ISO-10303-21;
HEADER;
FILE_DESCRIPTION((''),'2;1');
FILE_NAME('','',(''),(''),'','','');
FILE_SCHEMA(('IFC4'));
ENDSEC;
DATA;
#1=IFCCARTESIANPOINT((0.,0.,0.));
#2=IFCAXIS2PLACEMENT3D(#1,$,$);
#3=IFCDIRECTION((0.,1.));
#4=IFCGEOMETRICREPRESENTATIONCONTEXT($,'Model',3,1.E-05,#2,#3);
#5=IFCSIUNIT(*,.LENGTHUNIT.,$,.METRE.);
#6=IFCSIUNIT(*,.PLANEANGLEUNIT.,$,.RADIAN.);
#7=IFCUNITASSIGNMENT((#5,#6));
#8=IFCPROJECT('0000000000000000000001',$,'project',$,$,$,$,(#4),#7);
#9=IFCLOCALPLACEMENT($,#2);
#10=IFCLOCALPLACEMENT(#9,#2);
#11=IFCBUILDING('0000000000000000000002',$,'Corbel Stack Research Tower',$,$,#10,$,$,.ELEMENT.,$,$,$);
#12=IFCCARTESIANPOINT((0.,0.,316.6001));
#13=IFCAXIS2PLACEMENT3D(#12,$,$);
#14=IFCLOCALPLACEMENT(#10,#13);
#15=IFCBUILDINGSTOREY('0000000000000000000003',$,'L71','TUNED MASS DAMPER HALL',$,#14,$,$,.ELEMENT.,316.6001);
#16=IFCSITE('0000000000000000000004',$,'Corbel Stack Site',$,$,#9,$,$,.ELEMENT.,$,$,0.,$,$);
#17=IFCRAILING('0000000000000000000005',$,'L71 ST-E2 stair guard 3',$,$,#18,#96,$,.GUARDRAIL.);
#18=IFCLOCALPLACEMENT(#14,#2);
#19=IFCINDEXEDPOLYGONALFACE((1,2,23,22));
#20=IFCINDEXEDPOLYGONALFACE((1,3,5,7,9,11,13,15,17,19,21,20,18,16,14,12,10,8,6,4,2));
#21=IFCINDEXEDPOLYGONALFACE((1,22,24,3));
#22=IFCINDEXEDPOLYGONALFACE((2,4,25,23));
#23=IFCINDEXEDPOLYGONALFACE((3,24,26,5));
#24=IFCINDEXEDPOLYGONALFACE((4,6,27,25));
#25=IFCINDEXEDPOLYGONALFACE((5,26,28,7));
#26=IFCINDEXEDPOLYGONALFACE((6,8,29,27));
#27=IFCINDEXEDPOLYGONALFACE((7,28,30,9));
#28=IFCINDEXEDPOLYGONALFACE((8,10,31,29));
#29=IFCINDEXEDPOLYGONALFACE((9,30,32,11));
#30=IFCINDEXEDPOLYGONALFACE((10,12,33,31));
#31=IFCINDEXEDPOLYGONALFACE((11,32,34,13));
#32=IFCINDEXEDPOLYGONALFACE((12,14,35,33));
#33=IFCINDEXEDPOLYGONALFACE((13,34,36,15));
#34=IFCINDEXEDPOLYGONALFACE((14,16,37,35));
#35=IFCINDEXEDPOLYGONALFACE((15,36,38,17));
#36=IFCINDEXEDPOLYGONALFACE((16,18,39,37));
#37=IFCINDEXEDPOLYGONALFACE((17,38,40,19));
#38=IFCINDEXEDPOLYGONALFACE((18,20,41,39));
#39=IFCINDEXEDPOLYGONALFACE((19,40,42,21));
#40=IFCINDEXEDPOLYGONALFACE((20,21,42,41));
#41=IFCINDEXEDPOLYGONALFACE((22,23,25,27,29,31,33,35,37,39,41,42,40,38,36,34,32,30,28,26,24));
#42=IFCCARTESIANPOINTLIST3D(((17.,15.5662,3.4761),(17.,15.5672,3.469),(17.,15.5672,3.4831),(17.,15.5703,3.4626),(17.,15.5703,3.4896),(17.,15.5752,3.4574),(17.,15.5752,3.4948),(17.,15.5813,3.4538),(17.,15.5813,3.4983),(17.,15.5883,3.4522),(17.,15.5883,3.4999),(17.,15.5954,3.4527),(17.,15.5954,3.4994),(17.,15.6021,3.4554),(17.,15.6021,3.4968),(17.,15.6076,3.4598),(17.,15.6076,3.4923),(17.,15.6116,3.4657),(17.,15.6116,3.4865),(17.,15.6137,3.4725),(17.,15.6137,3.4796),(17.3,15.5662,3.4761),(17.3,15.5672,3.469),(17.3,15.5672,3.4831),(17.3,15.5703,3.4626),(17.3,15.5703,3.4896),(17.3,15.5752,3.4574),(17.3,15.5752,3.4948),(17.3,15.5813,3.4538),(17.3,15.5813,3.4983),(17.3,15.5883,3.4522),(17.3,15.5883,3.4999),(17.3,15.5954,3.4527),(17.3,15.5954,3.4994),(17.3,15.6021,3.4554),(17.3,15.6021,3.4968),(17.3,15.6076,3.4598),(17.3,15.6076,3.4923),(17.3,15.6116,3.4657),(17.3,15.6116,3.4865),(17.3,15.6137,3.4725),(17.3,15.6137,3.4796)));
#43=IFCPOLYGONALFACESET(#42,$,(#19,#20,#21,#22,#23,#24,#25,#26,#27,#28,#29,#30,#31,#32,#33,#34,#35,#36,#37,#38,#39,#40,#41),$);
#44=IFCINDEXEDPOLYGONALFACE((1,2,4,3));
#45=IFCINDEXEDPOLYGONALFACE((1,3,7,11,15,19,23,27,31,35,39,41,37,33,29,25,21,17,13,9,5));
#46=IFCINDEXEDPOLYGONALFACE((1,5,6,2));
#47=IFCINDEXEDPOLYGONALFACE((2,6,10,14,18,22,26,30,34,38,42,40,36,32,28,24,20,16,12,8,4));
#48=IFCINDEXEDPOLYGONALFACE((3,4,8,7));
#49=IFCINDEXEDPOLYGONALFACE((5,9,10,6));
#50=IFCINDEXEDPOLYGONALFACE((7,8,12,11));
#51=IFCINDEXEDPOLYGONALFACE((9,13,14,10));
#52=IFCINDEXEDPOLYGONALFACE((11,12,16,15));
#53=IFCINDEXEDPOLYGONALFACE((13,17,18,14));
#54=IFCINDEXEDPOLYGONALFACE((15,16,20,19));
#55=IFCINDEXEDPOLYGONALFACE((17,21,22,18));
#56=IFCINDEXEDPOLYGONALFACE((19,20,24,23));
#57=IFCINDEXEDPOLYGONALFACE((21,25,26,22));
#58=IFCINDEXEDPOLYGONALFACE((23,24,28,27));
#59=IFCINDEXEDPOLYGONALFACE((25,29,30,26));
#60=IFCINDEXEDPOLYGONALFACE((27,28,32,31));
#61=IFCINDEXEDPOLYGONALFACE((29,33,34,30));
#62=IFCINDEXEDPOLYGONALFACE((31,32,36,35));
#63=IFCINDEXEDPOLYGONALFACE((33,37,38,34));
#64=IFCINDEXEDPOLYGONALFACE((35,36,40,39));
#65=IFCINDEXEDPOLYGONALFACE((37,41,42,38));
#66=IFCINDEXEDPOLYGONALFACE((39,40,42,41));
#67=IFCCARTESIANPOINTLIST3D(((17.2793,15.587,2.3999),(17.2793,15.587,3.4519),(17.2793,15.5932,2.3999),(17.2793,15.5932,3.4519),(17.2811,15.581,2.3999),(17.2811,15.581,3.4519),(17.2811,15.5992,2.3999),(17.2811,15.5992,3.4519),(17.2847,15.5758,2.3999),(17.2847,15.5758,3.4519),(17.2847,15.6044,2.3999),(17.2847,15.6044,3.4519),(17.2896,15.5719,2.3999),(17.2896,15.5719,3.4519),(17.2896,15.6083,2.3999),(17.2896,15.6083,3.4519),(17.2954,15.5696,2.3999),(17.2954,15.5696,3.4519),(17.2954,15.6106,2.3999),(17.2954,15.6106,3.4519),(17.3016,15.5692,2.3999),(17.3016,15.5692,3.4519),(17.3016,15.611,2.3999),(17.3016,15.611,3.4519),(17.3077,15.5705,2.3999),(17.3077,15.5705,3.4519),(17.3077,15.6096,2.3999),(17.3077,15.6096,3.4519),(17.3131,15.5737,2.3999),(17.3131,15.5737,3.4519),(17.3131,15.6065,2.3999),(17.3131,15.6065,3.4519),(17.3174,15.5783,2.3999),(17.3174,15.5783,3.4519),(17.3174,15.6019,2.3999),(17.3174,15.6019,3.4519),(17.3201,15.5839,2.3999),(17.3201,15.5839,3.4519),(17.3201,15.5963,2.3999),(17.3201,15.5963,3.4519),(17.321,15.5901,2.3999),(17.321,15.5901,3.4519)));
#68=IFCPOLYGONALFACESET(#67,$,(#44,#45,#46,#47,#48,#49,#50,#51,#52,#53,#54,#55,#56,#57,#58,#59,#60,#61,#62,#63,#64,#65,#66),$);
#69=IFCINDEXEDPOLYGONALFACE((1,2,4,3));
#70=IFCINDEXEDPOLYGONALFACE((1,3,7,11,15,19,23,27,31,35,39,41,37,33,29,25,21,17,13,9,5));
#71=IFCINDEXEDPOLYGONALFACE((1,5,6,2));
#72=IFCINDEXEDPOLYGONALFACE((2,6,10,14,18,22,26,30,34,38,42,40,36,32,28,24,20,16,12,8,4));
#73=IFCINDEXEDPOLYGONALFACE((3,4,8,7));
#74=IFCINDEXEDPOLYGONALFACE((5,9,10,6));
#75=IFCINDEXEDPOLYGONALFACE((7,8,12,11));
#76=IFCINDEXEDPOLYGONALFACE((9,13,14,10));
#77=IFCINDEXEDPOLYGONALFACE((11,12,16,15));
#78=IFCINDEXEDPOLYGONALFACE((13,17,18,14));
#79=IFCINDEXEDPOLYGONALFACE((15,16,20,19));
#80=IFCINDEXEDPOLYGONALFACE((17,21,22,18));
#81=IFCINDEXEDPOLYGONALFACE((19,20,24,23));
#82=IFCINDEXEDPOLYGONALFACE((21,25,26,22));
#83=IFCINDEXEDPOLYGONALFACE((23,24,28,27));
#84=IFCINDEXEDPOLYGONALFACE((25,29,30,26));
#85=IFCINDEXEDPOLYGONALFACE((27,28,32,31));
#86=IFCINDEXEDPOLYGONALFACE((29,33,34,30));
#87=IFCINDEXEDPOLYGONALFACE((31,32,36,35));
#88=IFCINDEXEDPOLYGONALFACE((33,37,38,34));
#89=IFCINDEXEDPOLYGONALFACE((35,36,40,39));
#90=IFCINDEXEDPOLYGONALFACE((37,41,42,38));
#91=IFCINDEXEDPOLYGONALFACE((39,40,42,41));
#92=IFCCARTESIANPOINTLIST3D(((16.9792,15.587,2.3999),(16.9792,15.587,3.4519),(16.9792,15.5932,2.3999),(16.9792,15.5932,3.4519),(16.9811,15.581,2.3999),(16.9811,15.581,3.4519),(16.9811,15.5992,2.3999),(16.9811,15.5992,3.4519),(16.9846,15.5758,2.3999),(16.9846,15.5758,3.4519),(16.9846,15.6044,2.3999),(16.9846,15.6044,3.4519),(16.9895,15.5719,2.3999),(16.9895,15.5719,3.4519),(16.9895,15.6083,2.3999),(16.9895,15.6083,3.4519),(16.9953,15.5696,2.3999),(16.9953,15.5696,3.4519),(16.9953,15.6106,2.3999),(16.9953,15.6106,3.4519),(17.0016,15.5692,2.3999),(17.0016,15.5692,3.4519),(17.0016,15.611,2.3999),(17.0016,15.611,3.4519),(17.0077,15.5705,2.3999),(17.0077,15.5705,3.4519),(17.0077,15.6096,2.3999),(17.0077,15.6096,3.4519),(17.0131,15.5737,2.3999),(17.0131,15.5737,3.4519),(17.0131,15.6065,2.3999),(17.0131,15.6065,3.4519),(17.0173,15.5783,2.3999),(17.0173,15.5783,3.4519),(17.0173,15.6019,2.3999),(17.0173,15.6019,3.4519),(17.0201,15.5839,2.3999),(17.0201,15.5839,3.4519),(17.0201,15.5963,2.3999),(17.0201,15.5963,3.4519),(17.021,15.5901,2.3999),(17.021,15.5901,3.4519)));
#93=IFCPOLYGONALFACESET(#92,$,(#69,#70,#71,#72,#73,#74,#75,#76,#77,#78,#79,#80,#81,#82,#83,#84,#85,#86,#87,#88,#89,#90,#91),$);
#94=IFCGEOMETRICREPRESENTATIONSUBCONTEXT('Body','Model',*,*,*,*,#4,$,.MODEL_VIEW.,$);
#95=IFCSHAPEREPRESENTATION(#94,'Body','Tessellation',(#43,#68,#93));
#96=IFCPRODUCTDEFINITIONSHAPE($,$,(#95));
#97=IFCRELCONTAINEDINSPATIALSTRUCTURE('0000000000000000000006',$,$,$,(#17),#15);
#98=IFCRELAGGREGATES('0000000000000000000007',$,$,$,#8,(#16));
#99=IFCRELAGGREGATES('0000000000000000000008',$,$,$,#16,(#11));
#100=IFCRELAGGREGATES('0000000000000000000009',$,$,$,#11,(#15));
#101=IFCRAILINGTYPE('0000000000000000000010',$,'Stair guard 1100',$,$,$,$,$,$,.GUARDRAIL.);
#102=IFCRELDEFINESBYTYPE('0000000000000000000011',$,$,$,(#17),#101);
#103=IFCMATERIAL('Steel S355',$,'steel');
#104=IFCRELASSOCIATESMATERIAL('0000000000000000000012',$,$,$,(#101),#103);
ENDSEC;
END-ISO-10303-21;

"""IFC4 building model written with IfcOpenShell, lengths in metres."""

from ifc_helpers import new_model, si_unit, direction, frame, origin, origin_2d, place, context, subcontext, project, spatial, circle, extrude, material, type_object, element, save


model = new_model("IFC4")

# Units and contexts
model_context = context("Model", 3, precision=1e-05, world=origin(), true_north=direction((0.0, 1.0)))
body_context = subcontext(model_context, "Body", "Model", "MODEL_VIEW")
ifc_project = project(units=[si_unit("LENGTHUNIT", "METRE"), si_unit("PLANEANGLEUNIT", "RADIAN")], contexts=[model_context])

# Site, building, storey
site_placement = place(None, origin())
site = spatial("IfcSite", under=ifc_project, at=site_placement, Name="Corbel Stack Site", CompositionType="ELEMENT", RefElevation=0.0)
building_placement = place(site_placement, origin())
building = spatial("IfcBuilding", under=site, at=building_placement, Name="Corbel Stack Research Tower", CompositionType="ELEMENT")
storey_placement = place(building_placement, frame((0.0, 0.0, 316.6001)))
storey = spatial("IfcBuildingStorey", under=building, at=storey_placement, Name="L71", Description="TUNED MASS DAMPER HALL", CompositionType="ELEMENT", Elevation=316.6001)

# Railing
ifc_material_1 = material(Name="Steel S355", Category="steel")
railing_type = type_object("IfcRailingType", Name="Stair guard 1100", PredefinedType="GUARDRAIL", material=ifc_material_1)
railing_1_placement = place(storey_placement, frame((17.3, 15.5901, 2.3999)))
element("IfcRailing", 1, at=railing_1_placement, inside=storey, type_object=railing_type, Name="L71 ST-E2 stair guard 3", PredefinedType="GUARDRAIL", context=body_context, shape_type="SweptSolid", body=[
    extrude(circle(Radius=0.0239, at=origin_2d()), frame((0.0, 0.0, 1.0762), z_axis=(-1.0, 0.0, 0.0), x_axis=(0.0, -1.0, 0.0)), (0.0, 0.0, 1.0), 0.3),
    extrude(circle(Radius=0.021, at=origin_2d()), origin(), (0.0, 0.0, 1.0), 1.052),
    extrude(circle(Radius=0.021, at=origin_2d()), frame((-0.3, 0.0, 0.0)), (0.0, 0.0, 1.0), 1.052),
])

save(model, "model.ifc")
